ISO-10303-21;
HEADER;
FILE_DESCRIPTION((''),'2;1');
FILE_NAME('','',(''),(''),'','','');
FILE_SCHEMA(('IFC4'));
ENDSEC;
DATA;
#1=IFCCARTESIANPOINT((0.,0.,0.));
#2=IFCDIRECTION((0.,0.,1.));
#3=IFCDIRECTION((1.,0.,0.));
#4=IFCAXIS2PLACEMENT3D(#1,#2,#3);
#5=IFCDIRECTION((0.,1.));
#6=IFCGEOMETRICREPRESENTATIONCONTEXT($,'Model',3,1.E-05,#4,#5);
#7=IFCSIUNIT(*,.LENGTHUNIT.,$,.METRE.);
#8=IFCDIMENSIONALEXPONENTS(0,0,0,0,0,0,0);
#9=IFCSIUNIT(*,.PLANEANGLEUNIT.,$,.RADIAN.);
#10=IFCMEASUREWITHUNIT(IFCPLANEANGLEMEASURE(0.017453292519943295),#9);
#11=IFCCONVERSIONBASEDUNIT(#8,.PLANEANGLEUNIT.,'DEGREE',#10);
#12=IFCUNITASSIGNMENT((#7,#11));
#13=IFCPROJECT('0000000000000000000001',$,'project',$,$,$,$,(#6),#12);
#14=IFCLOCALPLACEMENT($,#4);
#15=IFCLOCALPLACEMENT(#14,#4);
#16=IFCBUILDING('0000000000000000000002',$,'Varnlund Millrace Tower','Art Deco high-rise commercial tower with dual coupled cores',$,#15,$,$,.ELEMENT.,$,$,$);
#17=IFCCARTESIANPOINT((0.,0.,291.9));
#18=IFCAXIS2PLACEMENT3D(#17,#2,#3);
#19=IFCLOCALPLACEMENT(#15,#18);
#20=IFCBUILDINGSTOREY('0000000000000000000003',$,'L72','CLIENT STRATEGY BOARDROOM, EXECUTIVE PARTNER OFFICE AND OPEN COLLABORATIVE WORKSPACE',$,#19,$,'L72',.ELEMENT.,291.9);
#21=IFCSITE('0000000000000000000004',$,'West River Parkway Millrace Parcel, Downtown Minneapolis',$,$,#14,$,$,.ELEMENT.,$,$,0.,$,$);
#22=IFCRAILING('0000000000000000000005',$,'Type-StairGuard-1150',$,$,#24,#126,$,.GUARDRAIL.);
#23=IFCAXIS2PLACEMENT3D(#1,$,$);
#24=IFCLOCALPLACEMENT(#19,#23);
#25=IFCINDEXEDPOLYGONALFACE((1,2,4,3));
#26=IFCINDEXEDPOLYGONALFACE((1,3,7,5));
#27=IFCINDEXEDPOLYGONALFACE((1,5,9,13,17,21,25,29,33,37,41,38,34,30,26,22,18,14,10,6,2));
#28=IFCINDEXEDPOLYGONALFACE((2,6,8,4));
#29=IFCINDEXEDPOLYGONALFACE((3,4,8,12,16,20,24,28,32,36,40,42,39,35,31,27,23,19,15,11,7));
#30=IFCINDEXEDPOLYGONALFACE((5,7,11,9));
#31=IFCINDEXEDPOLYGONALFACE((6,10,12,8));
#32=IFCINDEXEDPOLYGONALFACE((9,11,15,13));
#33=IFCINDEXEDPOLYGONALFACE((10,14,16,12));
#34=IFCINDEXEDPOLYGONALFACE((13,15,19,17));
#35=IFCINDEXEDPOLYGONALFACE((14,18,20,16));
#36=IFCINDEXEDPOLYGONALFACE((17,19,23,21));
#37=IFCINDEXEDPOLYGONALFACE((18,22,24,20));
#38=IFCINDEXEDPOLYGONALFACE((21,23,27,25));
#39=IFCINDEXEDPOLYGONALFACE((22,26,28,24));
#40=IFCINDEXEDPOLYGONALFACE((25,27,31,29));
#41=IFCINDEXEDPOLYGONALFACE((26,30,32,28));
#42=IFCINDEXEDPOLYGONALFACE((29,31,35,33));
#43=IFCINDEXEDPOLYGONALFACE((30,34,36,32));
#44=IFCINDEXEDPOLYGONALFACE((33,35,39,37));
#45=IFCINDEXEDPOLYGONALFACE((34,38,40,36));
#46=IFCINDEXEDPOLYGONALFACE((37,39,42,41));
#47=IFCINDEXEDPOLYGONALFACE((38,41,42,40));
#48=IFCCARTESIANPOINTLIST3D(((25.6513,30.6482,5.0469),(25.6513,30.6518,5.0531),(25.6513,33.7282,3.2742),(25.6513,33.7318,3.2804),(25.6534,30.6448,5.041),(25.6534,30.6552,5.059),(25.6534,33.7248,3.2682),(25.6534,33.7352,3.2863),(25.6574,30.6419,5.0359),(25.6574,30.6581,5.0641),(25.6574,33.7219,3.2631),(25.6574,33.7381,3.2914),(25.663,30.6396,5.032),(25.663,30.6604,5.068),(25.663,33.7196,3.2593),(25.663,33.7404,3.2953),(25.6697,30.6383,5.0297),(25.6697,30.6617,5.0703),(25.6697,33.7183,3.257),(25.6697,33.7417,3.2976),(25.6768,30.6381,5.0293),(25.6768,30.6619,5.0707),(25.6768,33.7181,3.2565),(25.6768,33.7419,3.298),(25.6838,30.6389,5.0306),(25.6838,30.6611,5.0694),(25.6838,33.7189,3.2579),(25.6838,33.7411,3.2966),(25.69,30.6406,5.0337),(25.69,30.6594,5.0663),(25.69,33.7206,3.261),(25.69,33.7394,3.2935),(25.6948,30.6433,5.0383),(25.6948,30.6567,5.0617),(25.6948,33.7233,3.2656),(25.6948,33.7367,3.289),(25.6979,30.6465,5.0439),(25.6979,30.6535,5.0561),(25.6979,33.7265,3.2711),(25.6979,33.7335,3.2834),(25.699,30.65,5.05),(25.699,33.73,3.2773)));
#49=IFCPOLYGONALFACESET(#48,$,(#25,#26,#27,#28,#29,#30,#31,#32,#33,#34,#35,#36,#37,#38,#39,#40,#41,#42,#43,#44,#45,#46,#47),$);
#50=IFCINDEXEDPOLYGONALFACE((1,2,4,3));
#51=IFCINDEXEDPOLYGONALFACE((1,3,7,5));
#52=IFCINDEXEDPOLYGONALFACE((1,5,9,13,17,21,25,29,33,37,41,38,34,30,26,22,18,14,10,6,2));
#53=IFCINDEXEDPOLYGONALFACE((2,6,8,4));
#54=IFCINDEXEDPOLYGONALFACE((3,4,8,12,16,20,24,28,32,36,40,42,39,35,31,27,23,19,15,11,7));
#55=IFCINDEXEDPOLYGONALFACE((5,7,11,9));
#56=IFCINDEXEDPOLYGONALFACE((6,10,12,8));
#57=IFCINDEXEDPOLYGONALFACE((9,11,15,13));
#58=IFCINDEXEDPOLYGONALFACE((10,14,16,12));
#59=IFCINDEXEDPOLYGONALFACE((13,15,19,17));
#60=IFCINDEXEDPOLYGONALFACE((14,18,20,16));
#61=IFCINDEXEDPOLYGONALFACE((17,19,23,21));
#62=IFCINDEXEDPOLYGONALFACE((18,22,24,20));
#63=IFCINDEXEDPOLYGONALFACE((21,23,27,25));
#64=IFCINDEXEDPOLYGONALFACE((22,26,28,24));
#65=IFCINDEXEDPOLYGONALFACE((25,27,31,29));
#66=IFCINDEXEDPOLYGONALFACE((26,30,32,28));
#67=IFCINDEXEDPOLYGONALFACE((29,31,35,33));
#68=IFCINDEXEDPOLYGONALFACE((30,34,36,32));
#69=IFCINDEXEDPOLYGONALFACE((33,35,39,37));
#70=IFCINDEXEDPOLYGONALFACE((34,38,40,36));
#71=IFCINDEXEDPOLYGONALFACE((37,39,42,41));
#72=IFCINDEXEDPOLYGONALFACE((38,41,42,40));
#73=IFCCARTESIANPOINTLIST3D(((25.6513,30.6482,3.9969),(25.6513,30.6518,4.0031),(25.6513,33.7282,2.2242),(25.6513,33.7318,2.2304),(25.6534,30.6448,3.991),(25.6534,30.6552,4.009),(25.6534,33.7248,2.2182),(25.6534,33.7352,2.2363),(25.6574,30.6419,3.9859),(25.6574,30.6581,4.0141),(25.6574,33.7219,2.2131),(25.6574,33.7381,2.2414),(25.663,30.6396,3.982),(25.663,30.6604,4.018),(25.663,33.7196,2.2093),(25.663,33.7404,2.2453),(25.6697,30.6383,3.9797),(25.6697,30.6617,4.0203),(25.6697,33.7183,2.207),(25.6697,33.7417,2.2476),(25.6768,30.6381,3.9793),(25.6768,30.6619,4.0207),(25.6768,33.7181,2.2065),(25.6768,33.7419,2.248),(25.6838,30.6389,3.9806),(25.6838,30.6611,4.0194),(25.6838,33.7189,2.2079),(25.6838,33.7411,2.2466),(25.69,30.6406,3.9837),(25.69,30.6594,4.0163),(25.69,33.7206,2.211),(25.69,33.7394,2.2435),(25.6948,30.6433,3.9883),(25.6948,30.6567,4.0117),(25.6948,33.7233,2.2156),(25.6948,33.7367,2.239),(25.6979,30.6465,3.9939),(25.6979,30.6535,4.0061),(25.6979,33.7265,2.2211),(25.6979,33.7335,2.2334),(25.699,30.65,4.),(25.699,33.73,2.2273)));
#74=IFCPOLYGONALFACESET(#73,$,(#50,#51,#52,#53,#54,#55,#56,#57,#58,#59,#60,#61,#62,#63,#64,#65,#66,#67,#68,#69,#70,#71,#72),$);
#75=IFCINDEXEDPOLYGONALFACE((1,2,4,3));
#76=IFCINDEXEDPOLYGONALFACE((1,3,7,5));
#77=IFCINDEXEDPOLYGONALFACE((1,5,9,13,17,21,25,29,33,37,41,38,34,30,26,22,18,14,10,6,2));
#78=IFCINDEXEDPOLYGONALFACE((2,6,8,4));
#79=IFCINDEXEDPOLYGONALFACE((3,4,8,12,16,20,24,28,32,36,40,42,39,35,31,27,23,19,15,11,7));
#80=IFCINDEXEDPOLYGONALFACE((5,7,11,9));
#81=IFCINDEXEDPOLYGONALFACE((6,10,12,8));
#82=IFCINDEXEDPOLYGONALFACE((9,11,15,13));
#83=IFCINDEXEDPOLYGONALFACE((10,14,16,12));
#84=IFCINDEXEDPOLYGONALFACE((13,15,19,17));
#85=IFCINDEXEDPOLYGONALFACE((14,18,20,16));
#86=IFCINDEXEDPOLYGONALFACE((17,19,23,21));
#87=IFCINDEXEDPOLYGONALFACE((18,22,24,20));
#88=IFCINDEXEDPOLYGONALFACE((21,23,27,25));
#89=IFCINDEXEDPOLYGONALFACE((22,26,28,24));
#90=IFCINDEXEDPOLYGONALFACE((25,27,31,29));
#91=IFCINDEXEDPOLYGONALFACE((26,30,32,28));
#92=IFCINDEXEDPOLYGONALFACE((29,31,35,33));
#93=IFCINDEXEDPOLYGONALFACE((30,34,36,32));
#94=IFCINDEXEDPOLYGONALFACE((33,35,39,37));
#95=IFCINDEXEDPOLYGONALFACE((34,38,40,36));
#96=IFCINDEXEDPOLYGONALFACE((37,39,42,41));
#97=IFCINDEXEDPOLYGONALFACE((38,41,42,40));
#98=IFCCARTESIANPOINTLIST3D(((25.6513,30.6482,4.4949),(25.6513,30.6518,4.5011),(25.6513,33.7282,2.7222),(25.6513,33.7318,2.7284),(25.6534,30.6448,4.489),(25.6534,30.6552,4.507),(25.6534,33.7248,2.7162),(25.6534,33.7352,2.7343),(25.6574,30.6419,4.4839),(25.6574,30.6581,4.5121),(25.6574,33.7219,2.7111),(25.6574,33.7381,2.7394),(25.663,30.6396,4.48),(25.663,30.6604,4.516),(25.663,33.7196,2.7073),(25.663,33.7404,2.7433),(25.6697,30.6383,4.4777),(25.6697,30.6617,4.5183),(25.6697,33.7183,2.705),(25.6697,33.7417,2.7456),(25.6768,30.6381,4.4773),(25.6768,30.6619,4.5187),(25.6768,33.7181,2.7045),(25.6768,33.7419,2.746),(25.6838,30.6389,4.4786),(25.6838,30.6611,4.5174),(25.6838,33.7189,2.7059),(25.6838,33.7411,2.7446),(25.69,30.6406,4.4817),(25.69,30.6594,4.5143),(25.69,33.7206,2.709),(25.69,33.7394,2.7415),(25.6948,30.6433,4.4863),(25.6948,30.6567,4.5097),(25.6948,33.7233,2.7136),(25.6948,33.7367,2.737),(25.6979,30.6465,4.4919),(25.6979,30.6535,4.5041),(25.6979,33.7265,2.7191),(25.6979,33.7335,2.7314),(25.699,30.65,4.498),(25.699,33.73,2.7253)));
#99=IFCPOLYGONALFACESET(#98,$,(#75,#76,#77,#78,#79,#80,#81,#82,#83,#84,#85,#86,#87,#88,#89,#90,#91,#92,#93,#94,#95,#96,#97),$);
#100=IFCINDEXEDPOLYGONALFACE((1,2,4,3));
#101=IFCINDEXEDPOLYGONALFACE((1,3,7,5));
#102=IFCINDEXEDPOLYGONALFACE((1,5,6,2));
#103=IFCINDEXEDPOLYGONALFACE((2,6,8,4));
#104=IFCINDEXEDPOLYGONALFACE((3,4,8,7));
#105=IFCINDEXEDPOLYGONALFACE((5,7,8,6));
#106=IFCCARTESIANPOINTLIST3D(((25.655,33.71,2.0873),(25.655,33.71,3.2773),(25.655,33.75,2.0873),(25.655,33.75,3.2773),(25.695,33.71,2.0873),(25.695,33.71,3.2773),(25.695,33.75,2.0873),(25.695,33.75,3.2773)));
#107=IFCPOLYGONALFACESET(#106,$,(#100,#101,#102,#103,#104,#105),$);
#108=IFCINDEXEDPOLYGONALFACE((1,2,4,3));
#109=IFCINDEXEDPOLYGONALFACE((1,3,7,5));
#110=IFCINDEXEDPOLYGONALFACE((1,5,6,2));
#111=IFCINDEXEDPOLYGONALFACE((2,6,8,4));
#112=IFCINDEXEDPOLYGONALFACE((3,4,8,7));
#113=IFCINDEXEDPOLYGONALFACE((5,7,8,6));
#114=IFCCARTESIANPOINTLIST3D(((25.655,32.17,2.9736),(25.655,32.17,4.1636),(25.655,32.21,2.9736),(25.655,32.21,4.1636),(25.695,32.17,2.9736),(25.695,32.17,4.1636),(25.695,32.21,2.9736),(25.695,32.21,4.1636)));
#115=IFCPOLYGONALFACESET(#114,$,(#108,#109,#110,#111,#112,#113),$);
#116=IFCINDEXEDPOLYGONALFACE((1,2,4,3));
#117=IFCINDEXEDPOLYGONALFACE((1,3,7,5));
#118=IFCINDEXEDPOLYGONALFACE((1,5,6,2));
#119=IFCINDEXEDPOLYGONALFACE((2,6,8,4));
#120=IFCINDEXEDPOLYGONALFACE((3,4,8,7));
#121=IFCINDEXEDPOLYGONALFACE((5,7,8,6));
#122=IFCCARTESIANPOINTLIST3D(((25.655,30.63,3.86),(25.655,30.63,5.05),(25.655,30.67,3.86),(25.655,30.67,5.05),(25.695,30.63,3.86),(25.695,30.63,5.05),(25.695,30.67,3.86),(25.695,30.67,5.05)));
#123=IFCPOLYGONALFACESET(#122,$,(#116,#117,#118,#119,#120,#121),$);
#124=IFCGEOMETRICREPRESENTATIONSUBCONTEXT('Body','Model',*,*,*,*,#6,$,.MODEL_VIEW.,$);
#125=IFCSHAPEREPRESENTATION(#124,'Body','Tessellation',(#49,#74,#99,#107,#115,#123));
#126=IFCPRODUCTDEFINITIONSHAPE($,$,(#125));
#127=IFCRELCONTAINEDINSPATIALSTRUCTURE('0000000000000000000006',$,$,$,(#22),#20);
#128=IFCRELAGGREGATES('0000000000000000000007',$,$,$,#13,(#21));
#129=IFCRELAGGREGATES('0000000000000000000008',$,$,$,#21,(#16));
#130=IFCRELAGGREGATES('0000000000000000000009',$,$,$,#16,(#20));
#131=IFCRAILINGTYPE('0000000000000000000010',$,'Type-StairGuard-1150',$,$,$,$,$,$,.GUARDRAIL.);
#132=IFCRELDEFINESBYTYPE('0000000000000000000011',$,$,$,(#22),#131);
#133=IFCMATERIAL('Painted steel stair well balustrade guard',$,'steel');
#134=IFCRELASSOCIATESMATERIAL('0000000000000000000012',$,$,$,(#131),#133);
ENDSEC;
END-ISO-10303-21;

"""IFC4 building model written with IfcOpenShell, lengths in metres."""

from ifc_helpers import new_model, entity, si_unit, converted_unit, direction, frame, origin_with_axes, origin_2d_with_axis, place, context, subcontext, project, spatial, rectangle, circle, extrude, material, type_object, element, save


model = new_model("IFC4")

# Units and contexts
model_context = context("Model", 3, precision=1e-05, world=origin_with_axes(), true_north=direction((0.0, 1.0)))
body_context = subcontext(model_context, "Body", "Model", "MODEL_VIEW")
ifc_project = project(units=[si_unit("LENGTHUNIT", "METRE"), converted_unit("PLANEANGLEUNIT", "DEGREE", entity("IfcPlaneAngleMeasure", 0.017453292519943295), si_unit("PLANEANGLEUNIT", "RADIAN"), dimensions=[0, 0, 0, 0, 0, 0, 0])], contexts=[model_context])

# Site, building, storey
site_placement = place(None, origin_with_axes())
site = spatial("IfcSite", under=ifc_project, at=site_placement, Name="West River Parkway Millrace Parcel, Downtown Minneapolis", CompositionType="ELEMENT", RefElevation=0.0)
building_placement = place(site_placement, origin_with_axes())
building = spatial("IfcBuilding", under=site, at=building_placement, Name="Varnlund Millrace Tower", Description="Art Deco high-rise commercial tower with dual coupled cores", CompositionType="ELEMENT")
storey_placement = place(building_placement, frame((0.0, 0.0, 291.9), z_axis=(0.0, 0.0, 1.0), x_axis=(1.0, 0.0, 0.0)))
storey = spatial("IfcBuildingStorey", under=building, at=storey_placement, Name="L72", Description="CLIENT STRATEGY BOARDROOM, EXECUTIVE PARTNER OFFICE AND OPEN COLLABORATIVE WORKSPACE", LongName="L72", CompositionType="ELEMENT", Elevation=291.9)

# Railing
ifc_material_1 = material(Name="Painted steel stair well balustrade guard", Category="steel")
railing_type_1 = type_object("IfcRailingType", Name="Type-StairGuard-1150", PredefinedType="GUARDRAIL", material=ifc_material_1)
railing_1_placement = place(storey_placement, frame((0.0, 0.0, -291.9), z_axis=(0.0, 0.0, 1.0), x_axis=(1.0, 0.0, 0.0)))
element("IfcRailing", 1, at=railing_1_placement, inside=storey, type_object=railing_type_1, Name="Type-StairGuard-1150", PredefinedType="GUARDRAIL", context=body_context, shape_type="SweptSolid", body=[
    extrude(circle(Radius=0.024, at=origin_2d_with_axis()), frame((25.675, 33.73, 295.1773), z_axis=(0.0, -0.866696, 0.498836), x_axis=(1.0, 0.0, 0.0)), (0.0, 0.0, 1.0), 3.5537),
    extrude(circle(Radius=0.024, at=origin_2d_with_axis()), frame((25.675, 33.73, 294.1273), z_axis=(0.0, -0.866696, 0.498836), x_axis=(1.0, 0.0, 0.0)), (0.0, 0.0, 1.0), 3.5537),
    extrude(circle(Radius=0.024, at=origin_2d_with_axis()), frame((25.675, 33.73, 294.6253), z_axis=(0.0, -0.866696, 0.498836), x_axis=(1.0, 0.0, 0.0)), (0.0, 0.0, 1.0), 3.5537),
    extrude(rectangle(XDim=0.04, YDim=0.04, at=origin_2d_with_axis()), frame((25.675, 33.73, 293.9873), z_axis=(0.0, 0.0, 1.0), x_axis=(1.0, 0.0, 0.0)), (0.0, 0.0, 1.0), 1.19),
    extrude(rectangle(XDim=0.04, YDim=0.04, at=origin_2d_with_axis()), frame((25.675, 32.19, 294.8736), z_axis=(0.0, 0.0, 1.0), x_axis=(1.0, 0.0, 0.0)), (0.0, 0.0, 1.0), 1.19),
    extrude(rectangle(XDim=0.04, YDim=0.04, at=origin_2d_with_axis()), frame((25.675, 30.65, 295.76), z_axis=(0.0, 0.0, 1.0), x_axis=(1.0, 0.0, 0.0)), (0.0, 0.0, 1.0), 1.19),
])

save(model, "model.ifc")
